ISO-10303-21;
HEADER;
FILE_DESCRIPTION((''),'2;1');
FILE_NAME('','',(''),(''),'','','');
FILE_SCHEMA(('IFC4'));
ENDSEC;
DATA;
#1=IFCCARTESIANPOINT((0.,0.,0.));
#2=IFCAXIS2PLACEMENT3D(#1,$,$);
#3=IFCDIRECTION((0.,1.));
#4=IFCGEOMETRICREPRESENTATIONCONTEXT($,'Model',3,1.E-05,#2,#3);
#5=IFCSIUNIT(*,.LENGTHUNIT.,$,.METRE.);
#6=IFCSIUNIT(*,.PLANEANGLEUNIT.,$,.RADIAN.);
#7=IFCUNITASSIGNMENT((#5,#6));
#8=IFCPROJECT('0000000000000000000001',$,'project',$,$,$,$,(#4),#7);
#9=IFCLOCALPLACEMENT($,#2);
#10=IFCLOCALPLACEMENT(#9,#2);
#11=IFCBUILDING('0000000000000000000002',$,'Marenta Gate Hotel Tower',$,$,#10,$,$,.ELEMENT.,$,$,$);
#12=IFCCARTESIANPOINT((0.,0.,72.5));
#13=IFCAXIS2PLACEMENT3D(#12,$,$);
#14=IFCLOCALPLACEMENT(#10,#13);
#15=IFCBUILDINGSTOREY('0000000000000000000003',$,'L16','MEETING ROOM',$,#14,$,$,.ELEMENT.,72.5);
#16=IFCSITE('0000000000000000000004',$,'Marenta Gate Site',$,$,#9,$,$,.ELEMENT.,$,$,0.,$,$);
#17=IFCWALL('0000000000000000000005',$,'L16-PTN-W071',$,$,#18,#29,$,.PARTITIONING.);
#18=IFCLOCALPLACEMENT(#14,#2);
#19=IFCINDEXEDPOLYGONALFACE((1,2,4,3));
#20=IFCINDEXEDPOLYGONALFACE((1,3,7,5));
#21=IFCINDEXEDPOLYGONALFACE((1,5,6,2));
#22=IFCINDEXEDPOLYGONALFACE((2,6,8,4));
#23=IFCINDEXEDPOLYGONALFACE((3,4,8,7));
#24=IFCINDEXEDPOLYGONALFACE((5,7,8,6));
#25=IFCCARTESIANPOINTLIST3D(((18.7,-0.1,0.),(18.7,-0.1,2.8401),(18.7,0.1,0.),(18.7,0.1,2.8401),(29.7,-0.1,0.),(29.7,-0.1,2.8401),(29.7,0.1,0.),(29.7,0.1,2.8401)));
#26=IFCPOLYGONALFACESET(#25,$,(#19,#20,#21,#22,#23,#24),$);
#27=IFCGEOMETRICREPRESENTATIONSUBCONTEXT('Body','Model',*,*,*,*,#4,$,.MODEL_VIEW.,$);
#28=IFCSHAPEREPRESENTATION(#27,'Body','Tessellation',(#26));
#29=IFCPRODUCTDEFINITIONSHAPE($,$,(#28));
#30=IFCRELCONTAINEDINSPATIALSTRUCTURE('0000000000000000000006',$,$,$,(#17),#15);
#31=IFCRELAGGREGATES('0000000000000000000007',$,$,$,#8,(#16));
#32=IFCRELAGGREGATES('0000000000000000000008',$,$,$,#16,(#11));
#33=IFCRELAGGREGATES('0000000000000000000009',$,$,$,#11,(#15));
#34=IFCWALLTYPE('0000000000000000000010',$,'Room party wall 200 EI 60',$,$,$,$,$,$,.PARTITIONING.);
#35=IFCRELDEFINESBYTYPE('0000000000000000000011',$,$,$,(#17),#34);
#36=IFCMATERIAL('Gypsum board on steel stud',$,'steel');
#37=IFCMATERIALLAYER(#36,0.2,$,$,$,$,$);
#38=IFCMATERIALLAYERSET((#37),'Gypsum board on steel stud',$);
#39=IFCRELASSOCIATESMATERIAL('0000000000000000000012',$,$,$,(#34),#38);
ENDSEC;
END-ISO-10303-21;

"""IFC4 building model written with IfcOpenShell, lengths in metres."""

from ifc_helpers import new_model, si_unit, direction, frame, frame_2d, origin, place, context, subcontext, project, spatial, rectangle, extrude, material, layer, layer_set, type_object, element, save


model = new_model("IFC4")

# Units and contexts
model_context = context("Model", 3, precision=1e-05, world=origin(), true_north=direction((0.0, 1.0)))
body_context = subcontext(model_context, "Body", "Model", "MODEL_VIEW")
ifc_project = project(units=[si_unit("LENGTHUNIT", "METRE"), si_unit("PLANEANGLEUNIT", "RADIAN")], contexts=[model_context])

# Site, building, storey
site_placement = place(None, origin())
site = spatial("IfcSite", under=ifc_project, at=site_placement, Name="Marenta Gate Site", CompositionType="ELEMENT", RefElevation=0.0)
building_placement = place(site_placement, origin())
building = spatial("IfcBuilding", under=site, at=building_placement, Name="Marenta Gate Hotel Tower", CompositionType="ELEMENT")
storey_placement = place(building_placement, frame((0.0, 0.0, 72.5)))
storey = spatial("IfcBuildingStorey", under=building, at=storey_placement, Name="L16", Description="MEETING ROOM", CompositionType="ELEMENT", Elevation=72.5)

# Wall
ifc_material_1 = material(Name="Gypsum board on steel stud", Category="steel")
ifc_layer_1 = layer(ifc_material_1, 0.2)
ifc_layer_set_1 = layer_set([ifc_layer_1], Name="Gypsum board on steel stud")
wall_type_1 = type_object("IfcWallType", Name="Room party wall 200 EI 60", PredefinedType="PARTITIONING", material=ifc_layer_set_1)
wall_1_placement = place(storey_placement, frame((18.7, 0.0, 0.0), z_axis=(0.0, 0.0, 1.0), x_axis=(1.0, 0.0, 0.0)))
element("IfcWall", 1, at=wall_1_placement, inside=storey, type_object=wall_type_1, Name="L16-PTN-W071", PredefinedType="PARTITIONING", context=body_context, shape_type="SweptSolid", body=[
    extrude(rectangle(XDim=11.0, YDim=0.2, at=frame_2d((5.5, 0.0))), origin(), (0.0, 0.0, 1.0), 2.8401),
])

save(model, "model.ifc")
